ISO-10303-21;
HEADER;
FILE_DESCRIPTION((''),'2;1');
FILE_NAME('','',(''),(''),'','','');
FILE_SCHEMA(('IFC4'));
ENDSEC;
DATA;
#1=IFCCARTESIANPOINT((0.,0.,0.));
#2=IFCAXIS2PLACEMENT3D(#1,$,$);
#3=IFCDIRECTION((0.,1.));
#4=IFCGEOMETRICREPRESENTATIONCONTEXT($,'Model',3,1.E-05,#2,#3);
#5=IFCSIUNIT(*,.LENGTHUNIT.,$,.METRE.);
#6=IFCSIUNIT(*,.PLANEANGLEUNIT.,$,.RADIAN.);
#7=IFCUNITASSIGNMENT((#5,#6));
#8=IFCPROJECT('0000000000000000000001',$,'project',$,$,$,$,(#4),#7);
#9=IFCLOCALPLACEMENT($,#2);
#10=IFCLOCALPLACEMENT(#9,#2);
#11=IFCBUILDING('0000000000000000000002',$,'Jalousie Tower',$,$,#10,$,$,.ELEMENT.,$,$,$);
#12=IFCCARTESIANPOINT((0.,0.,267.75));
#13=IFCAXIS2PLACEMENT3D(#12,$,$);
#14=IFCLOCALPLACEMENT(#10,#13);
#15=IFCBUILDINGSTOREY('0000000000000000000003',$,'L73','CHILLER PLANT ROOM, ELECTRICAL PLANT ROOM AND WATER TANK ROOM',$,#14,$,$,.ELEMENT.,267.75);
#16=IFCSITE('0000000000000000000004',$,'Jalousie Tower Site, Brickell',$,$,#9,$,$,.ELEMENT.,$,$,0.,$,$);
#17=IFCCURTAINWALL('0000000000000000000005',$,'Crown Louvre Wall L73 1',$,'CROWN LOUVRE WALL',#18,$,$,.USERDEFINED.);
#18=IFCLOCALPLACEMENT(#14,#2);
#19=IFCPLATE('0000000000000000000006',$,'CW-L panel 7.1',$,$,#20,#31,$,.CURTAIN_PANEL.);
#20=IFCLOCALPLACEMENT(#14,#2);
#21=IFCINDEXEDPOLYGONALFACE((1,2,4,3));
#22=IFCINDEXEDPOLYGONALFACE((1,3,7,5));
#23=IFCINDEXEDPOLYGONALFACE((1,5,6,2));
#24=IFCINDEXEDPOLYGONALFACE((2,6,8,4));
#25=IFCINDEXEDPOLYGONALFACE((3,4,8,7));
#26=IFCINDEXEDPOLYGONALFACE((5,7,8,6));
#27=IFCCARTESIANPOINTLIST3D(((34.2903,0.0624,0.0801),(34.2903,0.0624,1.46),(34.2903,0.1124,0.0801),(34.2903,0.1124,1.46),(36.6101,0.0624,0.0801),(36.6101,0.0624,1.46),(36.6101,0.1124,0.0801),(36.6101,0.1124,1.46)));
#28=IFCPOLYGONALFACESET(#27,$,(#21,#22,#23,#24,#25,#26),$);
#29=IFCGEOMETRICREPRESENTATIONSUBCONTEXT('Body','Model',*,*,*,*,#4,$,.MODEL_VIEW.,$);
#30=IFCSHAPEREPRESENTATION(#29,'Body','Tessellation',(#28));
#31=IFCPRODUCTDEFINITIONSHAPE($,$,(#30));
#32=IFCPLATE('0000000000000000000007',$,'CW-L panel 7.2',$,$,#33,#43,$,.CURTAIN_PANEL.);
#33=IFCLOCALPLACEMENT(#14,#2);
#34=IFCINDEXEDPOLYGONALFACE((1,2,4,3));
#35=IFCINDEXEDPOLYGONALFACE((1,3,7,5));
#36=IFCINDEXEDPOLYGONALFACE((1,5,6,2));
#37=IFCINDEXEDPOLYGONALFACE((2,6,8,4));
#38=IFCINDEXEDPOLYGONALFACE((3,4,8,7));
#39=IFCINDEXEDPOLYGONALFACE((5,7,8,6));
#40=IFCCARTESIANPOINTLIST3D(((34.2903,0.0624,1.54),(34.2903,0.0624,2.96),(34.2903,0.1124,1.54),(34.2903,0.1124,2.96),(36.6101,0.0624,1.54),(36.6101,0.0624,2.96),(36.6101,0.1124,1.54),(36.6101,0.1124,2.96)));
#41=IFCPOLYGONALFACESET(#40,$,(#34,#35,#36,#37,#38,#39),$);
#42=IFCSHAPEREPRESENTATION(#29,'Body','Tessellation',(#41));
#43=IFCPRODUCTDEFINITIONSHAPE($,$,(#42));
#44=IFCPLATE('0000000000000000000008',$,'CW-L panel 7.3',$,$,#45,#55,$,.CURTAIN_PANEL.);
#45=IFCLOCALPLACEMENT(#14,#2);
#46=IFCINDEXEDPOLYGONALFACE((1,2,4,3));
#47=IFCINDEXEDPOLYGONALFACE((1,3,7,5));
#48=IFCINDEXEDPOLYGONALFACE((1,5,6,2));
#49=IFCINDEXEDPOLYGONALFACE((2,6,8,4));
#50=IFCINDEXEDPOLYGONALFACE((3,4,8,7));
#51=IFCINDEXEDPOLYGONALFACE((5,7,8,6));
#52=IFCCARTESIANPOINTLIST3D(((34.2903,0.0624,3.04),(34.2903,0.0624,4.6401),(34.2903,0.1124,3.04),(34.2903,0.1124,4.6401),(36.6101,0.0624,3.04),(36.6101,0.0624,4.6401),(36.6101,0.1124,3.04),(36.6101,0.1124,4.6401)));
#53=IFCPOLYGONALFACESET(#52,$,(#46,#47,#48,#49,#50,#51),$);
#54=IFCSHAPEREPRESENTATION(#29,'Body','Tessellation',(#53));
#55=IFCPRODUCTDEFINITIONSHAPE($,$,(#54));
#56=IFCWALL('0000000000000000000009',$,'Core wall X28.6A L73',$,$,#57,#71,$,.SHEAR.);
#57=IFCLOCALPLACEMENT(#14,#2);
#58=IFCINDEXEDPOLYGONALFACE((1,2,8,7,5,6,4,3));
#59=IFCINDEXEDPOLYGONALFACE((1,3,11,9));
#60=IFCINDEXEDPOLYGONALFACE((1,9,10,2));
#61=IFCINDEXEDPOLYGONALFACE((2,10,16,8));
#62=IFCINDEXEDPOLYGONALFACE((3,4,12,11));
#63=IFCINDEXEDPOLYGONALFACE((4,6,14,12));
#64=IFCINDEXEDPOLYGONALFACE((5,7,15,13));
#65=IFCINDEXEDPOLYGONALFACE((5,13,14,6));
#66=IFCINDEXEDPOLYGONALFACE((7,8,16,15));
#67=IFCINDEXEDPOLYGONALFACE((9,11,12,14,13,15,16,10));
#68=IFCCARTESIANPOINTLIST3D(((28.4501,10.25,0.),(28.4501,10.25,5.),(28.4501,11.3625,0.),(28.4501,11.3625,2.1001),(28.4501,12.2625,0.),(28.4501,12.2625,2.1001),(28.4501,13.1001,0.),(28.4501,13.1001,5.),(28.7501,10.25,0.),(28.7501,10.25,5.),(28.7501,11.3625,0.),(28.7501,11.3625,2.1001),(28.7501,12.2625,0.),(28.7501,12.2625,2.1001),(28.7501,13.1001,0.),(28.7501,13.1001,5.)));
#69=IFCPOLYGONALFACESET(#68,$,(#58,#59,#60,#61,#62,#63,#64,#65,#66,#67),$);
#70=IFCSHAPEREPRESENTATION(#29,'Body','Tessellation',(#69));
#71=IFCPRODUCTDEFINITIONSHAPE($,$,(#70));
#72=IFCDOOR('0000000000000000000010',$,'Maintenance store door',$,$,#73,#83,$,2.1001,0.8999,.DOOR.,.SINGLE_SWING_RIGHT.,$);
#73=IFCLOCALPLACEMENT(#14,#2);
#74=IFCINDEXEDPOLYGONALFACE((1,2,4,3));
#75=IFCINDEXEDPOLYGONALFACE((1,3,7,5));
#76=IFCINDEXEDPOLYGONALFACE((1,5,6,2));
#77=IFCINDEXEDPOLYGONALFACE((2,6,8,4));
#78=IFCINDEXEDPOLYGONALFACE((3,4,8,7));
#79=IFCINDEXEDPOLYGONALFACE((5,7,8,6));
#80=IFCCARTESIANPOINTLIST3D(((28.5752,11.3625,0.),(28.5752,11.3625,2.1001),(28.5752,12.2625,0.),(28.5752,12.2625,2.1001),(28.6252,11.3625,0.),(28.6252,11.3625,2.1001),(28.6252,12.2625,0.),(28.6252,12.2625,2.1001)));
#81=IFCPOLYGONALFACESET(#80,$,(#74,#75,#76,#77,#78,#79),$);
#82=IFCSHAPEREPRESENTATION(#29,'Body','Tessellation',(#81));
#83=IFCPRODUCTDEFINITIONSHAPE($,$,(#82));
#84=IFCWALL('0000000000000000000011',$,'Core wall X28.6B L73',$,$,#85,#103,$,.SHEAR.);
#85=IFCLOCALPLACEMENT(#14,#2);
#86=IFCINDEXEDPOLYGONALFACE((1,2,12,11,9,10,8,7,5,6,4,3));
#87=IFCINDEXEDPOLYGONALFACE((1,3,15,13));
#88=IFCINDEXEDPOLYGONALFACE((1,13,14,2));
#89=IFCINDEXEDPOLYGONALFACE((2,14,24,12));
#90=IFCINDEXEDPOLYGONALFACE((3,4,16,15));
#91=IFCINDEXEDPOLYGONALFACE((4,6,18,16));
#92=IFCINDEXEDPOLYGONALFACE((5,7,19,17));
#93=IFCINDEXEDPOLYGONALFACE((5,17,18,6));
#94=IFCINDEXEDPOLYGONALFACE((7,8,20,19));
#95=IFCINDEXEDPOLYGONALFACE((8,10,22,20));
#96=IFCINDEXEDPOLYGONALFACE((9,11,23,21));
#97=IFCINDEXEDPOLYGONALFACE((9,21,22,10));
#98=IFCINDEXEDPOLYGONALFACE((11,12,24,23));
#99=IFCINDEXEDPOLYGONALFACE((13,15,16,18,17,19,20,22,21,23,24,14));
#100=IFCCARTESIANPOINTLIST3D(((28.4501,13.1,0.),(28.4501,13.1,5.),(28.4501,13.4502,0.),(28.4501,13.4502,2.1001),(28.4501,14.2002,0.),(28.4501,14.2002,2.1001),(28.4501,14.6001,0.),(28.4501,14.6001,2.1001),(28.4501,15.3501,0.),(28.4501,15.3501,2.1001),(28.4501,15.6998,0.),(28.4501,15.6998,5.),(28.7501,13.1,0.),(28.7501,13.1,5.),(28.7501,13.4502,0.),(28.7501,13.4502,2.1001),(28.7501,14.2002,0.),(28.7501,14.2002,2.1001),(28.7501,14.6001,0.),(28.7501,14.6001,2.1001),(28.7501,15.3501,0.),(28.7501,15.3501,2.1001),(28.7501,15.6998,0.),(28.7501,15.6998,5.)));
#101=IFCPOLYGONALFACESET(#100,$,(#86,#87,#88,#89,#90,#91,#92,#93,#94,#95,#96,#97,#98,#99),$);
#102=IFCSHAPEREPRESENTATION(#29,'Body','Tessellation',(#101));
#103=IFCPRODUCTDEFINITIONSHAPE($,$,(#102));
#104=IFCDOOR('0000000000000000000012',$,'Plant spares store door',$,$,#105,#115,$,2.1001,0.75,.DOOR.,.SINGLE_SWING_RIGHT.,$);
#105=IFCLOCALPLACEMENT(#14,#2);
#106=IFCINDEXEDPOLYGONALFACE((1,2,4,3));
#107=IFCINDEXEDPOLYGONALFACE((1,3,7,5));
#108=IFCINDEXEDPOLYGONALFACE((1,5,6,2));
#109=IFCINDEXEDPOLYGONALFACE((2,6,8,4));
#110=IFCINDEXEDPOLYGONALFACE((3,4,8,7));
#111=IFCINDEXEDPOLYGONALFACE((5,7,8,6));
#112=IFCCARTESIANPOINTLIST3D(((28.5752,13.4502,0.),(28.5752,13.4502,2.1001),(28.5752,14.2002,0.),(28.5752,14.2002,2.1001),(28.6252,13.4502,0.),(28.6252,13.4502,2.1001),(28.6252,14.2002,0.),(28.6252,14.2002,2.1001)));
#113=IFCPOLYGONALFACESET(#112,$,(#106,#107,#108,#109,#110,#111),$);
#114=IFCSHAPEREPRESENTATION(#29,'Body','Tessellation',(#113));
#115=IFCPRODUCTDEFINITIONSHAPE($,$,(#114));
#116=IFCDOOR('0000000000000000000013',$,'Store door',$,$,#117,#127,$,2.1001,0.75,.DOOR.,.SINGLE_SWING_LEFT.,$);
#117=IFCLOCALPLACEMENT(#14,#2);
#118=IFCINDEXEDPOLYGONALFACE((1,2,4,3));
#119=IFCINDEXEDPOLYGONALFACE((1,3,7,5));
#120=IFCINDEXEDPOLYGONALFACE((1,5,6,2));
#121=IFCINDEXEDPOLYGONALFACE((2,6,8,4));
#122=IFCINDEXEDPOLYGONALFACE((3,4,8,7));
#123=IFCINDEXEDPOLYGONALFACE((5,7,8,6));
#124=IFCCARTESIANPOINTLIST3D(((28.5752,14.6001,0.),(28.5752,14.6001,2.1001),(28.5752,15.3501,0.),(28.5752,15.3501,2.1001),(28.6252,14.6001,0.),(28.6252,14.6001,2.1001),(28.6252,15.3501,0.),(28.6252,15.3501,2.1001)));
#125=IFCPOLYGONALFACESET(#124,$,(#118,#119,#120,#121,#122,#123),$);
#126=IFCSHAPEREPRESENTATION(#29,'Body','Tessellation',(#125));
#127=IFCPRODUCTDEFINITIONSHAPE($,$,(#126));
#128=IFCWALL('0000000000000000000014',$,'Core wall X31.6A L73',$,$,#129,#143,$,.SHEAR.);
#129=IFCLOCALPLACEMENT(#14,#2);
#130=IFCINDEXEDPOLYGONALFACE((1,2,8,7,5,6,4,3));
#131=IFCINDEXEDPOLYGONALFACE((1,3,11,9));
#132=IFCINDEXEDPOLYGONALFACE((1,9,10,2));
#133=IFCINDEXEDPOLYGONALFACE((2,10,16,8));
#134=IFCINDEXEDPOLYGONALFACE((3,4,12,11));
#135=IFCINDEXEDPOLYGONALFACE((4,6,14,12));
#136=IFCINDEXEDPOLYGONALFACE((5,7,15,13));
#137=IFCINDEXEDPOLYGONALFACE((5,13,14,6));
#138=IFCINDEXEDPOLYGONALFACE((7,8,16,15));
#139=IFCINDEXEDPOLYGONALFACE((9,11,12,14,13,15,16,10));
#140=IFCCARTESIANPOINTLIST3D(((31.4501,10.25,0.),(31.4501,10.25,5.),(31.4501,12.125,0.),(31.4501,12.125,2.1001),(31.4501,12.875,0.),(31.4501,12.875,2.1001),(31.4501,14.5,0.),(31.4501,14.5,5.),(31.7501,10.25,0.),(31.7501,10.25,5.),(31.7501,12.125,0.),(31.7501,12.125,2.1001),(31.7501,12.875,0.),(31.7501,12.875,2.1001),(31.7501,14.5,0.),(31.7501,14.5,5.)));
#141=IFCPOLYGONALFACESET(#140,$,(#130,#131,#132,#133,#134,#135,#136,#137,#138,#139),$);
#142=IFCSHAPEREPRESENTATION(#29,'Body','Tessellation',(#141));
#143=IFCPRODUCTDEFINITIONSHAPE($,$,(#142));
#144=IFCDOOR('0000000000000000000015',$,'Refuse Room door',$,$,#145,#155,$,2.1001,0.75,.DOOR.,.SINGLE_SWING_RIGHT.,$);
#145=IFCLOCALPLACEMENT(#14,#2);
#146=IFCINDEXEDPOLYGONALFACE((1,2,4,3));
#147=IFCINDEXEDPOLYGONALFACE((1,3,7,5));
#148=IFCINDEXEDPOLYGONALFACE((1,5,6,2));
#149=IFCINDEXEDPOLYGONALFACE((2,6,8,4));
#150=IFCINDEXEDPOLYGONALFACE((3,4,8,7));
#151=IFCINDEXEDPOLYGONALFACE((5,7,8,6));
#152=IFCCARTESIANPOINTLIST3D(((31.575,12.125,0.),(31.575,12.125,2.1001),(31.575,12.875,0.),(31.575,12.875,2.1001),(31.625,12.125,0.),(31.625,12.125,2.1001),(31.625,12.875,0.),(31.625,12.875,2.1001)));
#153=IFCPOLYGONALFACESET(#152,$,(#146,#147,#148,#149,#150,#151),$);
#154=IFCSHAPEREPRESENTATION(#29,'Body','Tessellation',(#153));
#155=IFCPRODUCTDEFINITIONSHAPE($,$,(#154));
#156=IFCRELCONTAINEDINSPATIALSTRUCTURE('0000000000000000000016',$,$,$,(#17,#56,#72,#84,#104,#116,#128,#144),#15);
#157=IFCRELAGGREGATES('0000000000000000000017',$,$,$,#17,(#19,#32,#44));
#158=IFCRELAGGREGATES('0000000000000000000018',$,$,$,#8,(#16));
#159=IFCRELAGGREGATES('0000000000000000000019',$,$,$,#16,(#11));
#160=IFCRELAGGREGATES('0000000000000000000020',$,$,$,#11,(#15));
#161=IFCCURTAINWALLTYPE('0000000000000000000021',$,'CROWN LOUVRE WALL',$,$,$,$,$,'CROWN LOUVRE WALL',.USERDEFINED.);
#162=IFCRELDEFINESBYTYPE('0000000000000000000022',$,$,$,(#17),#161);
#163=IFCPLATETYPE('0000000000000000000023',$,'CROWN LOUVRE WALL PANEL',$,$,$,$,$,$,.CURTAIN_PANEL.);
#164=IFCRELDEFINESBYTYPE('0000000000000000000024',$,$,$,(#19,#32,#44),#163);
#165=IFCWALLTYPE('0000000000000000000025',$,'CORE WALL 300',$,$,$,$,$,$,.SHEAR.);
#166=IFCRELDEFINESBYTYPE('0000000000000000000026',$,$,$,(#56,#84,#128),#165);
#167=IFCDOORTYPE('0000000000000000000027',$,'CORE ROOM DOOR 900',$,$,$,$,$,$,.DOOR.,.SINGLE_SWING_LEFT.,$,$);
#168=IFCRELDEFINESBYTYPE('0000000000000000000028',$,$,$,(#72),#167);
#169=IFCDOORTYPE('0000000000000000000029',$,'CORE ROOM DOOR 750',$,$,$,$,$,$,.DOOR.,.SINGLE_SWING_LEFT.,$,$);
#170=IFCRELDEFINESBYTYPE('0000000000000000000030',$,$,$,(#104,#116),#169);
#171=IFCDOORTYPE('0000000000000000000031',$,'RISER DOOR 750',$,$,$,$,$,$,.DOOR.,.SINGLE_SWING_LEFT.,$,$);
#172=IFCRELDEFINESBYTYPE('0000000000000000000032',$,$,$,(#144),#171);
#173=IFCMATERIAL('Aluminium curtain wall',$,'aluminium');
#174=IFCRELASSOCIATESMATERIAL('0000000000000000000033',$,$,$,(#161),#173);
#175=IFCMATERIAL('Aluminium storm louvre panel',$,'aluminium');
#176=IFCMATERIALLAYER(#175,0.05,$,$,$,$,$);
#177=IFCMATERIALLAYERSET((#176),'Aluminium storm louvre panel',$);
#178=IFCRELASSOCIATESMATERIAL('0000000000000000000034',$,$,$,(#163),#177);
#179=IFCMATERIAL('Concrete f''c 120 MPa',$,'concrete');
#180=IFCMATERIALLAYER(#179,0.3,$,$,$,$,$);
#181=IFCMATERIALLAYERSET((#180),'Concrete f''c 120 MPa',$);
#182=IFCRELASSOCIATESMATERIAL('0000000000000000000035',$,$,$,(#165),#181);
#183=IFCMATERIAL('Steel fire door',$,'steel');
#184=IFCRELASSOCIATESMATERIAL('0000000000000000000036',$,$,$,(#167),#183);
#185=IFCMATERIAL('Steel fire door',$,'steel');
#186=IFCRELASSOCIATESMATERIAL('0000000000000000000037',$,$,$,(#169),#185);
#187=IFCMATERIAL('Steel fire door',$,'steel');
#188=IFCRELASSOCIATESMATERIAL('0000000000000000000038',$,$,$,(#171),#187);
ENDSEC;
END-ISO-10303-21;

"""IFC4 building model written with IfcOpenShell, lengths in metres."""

from ifc_helpers import new_model, si_unit, direction, frame, frame_2d, origin, origin_2d, place, context, subcontext, project, spatial, rectangle, extrude, material, layer, layer_set, type_object, element, fill, aggregate, save


model = new_model("IFC4")

# Units and contexts
model_context = context("Model", 3, precision=1e-05, world=origin(), true_north=direction((0.0, 1.0)))
body_context = subcontext(model_context, "Body", "Model", "MODEL_VIEW")
ifc_project = project(units=[si_unit("LENGTHUNIT", "METRE"), si_unit("PLANEANGLEUNIT", "RADIAN")], contexts=[model_context])

# Site, building, storey
site_placement = place(None, origin())
site = spatial("IfcSite", under=ifc_project, at=site_placement, Name="Jalousie Tower Site, Brickell", CompositionType="ELEMENT", RefElevation=0.0)
building_placement = place(site_placement, origin())
building = spatial("IfcBuilding", under=site, at=building_placement, Name="Jalousie Tower", CompositionType="ELEMENT")
storey_placement = place(building_placement, frame((0.0, 0.0, 267.75)))
storey = spatial("IfcBuildingStorey", under=building, at=storey_placement, Name="L73", Description="CHILLER PLANT ROOM, ELECTRICAL PLANT ROOM AND WATER TANK ROOM", CompositionType="ELEMENT", Elevation=267.75)

# Curtain wall
ifc_material_1 = material(Name="Aluminium curtain wall", Category="aluminium")
curtain_wall_type = type_object("IfcCurtainWallType", Name="CROWN LOUVRE WALL", ElementType="CROWN LOUVRE WALL", PredefinedType="USERDEFINED", material=ifc_material_1)
curtain_wall_placement = place(storey_placement, origin())
curtain_wall = element("IfcCurtainWall", 1, at=curtain_wall_placement, inside=storey, type_object=curtain_wall_type, Name="Crown Louvre Wall L73 1", ObjectType="CROWN LOUVRE WALL", PredefinedType="USERDEFINED")

# Plates
ifc_material_2 = material(Name="Aluminium storm louvre panel", Category="aluminium")
ifc_layer_1 = layer(ifc_material_2, 0.05)
ifc_layer_set_1 = layer_set([ifc_layer_1], Name="Aluminium storm louvre panel")
plate_type = type_object("IfcPlateType", Name="CROWN LOUVRE WALL PANEL", PredefinedType="CURTAIN_PANEL", material=ifc_layer_set_1)
plate_1_placement = place(storey_placement, frame((35.4502, 0.0874, 0.0801), z_axis=(0.0, 0.0, 1.0), x_axis=(1.0, 0.0, 0.0)))
plate_1 = element("IfcPlate", 2, at=plate_1_placement, type_object=plate_type, Name="CW-L panel 7.1", PredefinedType="CURTAIN_PANEL", context=body_context, shape_type="SweptSolid", body=[
    extrude(rectangle(XDim=2.3198, YDim=0.05, at=origin_2d()), origin(), (0.0, 0.0, 1.0), 1.3799),
])
plate_2_placement = place(storey_placement, frame((35.4502, 0.0874, 1.54), z_axis=(0.0, 0.0, 1.0), x_axis=(1.0, 0.0, 0.0)))
plate_2 = element("IfcPlate", 3, at=plate_2_placement, type_object=plate_type, Name="CW-L panel 7.2", PredefinedType="CURTAIN_PANEL", context=body_context, shape_type="SweptSolid", body=[
    extrude(rectangle(XDim=2.3198, YDim=0.05, at=origin_2d()), origin(), (0.0, 0.0, 1.0), 1.4199),
])
plate_3_placement = place(storey_placement, frame((35.4502, 0.0874, 3.04), z_axis=(0.0, 0.0, 1.0), x_axis=(1.0, 0.0, 0.0)))
plate_3 = element("IfcPlate", 4, at=plate_3_placement, type_object=plate_type, Name="CW-L panel 7.3", PredefinedType="CURTAIN_PANEL", context=body_context, shape_type="SweptSolid", body=[
    extrude(rectangle(XDim=2.3198, YDim=0.05, at=origin_2d()), origin(), (0.0, 0.0, 1.0), 1.6001),
])
aggregate(curtain_wall, [plate_1, plate_2, plate_3])

# Wall, opening, door
ifc_material_3 = material(Name="Concrete f'c 120 MPa", Category="concrete")
ifc_layer_2 = layer(ifc_material_3, 0.3)
ifc_layer_set_2 = layer_set([ifc_layer_2], Name="Concrete f'c 120 MPa")
wall_type_1 = type_object("IfcWallType", Name="CORE WALL 300", PredefinedType="SHEAR", material=ifc_layer_set_2)
wall_1_placement = place(storey_placement, frame((28.6001, 10.25, 0.0), z_axis=(0.0, 0.0, 1.0), x_axis=(0.0, 1.0, 0.0)))
wall_1 = element("IfcWall", 5, at=wall_1_placement, inside=storey, type_object=wall_type_1, Name="Core wall X28.6A L73", PredefinedType="SHEAR", context=body_context, shape_type="SweptSolid", body=[
    extrude(rectangle(XDim=2.8501, YDim=0.3, at=frame_2d((1.425, 0.0))), origin(), (0.0, 0.0, 1.0), 5.0),
])
opening_1_placement = place(wall_1_placement, frame((1.1125, 0.0, 0.0)))
opening_1 = element("IfcOpeningElement", 6, at=opening_1_placement, cuts=wall_1, PredefinedType="OPENING", context=body_context, shape_type="SweptSolid", body=[
    extrude(rectangle(XDim=0.8999, YDim=2.1001, at=frame_2d((0.45, 1.05))), frame((0.0, 0.1599, 0.0), z_axis=(0.0, -1.0, 0.0), x_axis=(1.0, 0.0, 0.0)), (0.0, 0.0, 1.0), 0.3201),
])
ifc_material_4 = material(Name="Steel fire door", Category="steel")
door_type_1 = type_object("IfcDoorType", Name="CORE ROOM DOOR 900", OperationType="SINGLE_SWING_LEFT", PredefinedType="DOOR", material=ifc_material_4)
door_1_placement = place(opening_1_placement, origin())
door_1 = element("IfcDoor", 7, at=door_1_placement, inside=storey, type_object=door_type_1, Name="Maintenance store door", OperationType="SINGLE_SWING_RIGHT", OverallHeight=2.1001, OverallWidth=0.8999, PredefinedType="DOOR", context=body_context, shape_type="SweptSolid", body=[
    extrude(rectangle(XDim=0.8999, YDim=2.1001, at=frame_2d((0.45, 1.05))), frame((0.0, 0.0249, 0.0), z_axis=(0.0, -1.0, 0.0), x_axis=(1.0, 0.0, 0.0)), (0.0, 0.0, 1.0), 0.05),
])
fill(opening_1, door_1)

# Wall, openings, doors
wall_2_placement = place(storey_placement, frame((28.6001, 13.1001, 0.0), z_axis=(0.0, 0.0, 1.0), x_axis=(0.0, 1.0, 0.0)))
wall_2 = element("IfcWall", 8, at=wall_2_placement, inside=storey, type_object=wall_type_1, Name="Core wall X28.6B L73", PredefinedType="SHEAR", context=body_context, shape_type="SweptSolid", body=[
    extrude(rectangle(XDim=2.5999, YDim=0.3, at=frame_2d((1.2998, 0.0))), origin(), (0.0, 0.0, 1.0), 5.0),
])
opening_2_placement = place(wall_2_placement, frame((0.3501, 0.0, 0.0)))
opening_2 = element("IfcOpeningElement", 9, at=opening_2_placement, cuts=wall_2, PredefinedType="OPENING", context=body_context, shape_type="SweptSolid", body=[
    extrude(rectangle(XDim=0.75, YDim=2.1001, at=frame_2d((0.375, 1.05))), frame((0.0, 0.1599, 0.0), z_axis=(0.0, -1.0, 0.0), x_axis=(1.0, 0.0, 0.0)), (0.0, 0.0, 1.0), 0.3201),
])
opening_3_placement = place(wall_2_placement, frame((1.5, 0.0, 0.0)))
opening_3 = element("IfcOpeningElement", 10, at=opening_3_placement, cuts=wall_2, PredefinedType="OPENING", context=body_context, shape_type="SweptSolid", body=[
    extrude(rectangle(XDim=0.75, YDim=2.1001, at=frame_2d((0.375, 1.05))), frame((0.0, 0.1599, 0.0), z_axis=(0.0, -1.0, 0.0), x_axis=(1.0, 0.0, 0.0)), (0.0, 0.0, 1.0), 0.3201),
])
ifc_material_5 = material(Name="Steel fire door", Category="steel")
door_type_2 = type_object("IfcDoorType", Name="CORE ROOM DOOR 750", OperationType="SINGLE_SWING_LEFT", PredefinedType="DOOR", material=ifc_material_5)
door_2_placement = place(opening_2_placement, origin())
door_2 = element("IfcDoor", 11, at=door_2_placement, inside=storey, type_object=door_type_2, Name="Plant spares store door", OperationType="SINGLE_SWING_RIGHT", OverallHeight=2.1001, OverallWidth=0.75, PredefinedType="DOOR", context=body_context, shape_type="SweptSolid", body=[
    extrude(rectangle(XDim=0.75, YDim=2.1001, at=frame_2d((0.375, 1.05))), frame((0.0, 0.0249, 0.0), z_axis=(0.0, -1.0, 0.0), x_axis=(1.0, 0.0, 0.0)), (0.0, 0.0, 1.0), 0.05),
])
fill(opening_2, door_2)
door_3_placement = place(opening_3_placement, origin())
door_3 = element("IfcDoor", 12, at=door_3_placement, inside=storey, type_object=door_type_2, Name="Store door", OperationType="SINGLE_SWING_LEFT", OverallHeight=2.1001, OverallWidth=0.75, PredefinedType="DOOR", context=body_context, shape_type="SweptSolid", body=[
    extrude(rectangle(XDim=0.75, YDim=2.1001, at=frame_2d((0.375, 1.05))), frame((0.0, 0.0249, 0.0), z_axis=(0.0, -1.0, 0.0), x_axis=(1.0, 0.0, 0.0)), (0.0, 0.0, 1.0), 0.05),
])
fill(opening_3, door_3)

# Wall, opening, door
wall_3_placement = place(storey_placement, frame((31.6001, 10.25, 0.0), z_axis=(0.0, 0.0, 1.0), x_axis=(0.0, 1.0, 0.0)))
wall_3 = element("IfcWall", 13, at=wall_3_placement, inside=storey, type_object=wall_type_1, Name="Core wall X31.6A L73", PredefinedType="SHEAR", context=body_context, shape_type="SweptSolid", body=[
    extrude(rectangle(XDim=4.25, YDim=0.3, at=frame_2d((2.125, 0.0))), origin(), (0.0, 0.0, 1.0), 5.0),
])
opening_4_placement = place(wall_3_placement, frame((1.875, 0.0, 0.0)))
opening_4 = element("IfcOpeningElement", 14, at=opening_4_placement, cuts=wall_3, PredefinedType="OPENING", context=body_context, shape_type="SweptSolid", body=[
    extrude(rectangle(XDim=0.75, YDim=2.1001, at=frame_2d((0.375, 1.05))), frame((0.0, 0.1599, 0.0), z_axis=(0.0, -1.0, 0.0), x_axis=(1.0, 0.0, 0.0)), (0.0, 0.0, 1.0), 0.3201),
])
ifc_material_6 = material(Name="Steel fire door", Category="steel")
door_type_3 = type_object("IfcDoorType", Name="RISER DOOR 750", OperationType="SINGLE_SWING_LEFT", PredefinedType="DOOR", material=ifc_material_6)
door_4_placement = place(opening_4_placement, frame((0.75, 0.0, 0.0), z_axis=(0.0, 0.0, 1.0), x_axis=(-1.0, 0.0, 0.0)))
door_4 = element("IfcDoor", 15, at=door_4_placement, inside=storey, type_object=door_type_3, Name="Refuse Room door", OperationType="SINGLE_SWING_RIGHT", OverallHeight=2.1001, OverallWidth=0.75, PredefinedType="DOOR", context=body_context, shape_type="SweptSolid", body=[
    extrude(rectangle(XDim=0.75, YDim=2.1001, at=frame_2d((0.375, 1.05))), frame((0.0, 0.0249, 0.0), z_axis=(0.0, -1.0, 0.0), x_axis=(1.0, 0.0, 0.0)), (0.0, 0.0, 1.0), 0.05),
])
fill(opening_4, door_4)

save(model, "model.ifc")
